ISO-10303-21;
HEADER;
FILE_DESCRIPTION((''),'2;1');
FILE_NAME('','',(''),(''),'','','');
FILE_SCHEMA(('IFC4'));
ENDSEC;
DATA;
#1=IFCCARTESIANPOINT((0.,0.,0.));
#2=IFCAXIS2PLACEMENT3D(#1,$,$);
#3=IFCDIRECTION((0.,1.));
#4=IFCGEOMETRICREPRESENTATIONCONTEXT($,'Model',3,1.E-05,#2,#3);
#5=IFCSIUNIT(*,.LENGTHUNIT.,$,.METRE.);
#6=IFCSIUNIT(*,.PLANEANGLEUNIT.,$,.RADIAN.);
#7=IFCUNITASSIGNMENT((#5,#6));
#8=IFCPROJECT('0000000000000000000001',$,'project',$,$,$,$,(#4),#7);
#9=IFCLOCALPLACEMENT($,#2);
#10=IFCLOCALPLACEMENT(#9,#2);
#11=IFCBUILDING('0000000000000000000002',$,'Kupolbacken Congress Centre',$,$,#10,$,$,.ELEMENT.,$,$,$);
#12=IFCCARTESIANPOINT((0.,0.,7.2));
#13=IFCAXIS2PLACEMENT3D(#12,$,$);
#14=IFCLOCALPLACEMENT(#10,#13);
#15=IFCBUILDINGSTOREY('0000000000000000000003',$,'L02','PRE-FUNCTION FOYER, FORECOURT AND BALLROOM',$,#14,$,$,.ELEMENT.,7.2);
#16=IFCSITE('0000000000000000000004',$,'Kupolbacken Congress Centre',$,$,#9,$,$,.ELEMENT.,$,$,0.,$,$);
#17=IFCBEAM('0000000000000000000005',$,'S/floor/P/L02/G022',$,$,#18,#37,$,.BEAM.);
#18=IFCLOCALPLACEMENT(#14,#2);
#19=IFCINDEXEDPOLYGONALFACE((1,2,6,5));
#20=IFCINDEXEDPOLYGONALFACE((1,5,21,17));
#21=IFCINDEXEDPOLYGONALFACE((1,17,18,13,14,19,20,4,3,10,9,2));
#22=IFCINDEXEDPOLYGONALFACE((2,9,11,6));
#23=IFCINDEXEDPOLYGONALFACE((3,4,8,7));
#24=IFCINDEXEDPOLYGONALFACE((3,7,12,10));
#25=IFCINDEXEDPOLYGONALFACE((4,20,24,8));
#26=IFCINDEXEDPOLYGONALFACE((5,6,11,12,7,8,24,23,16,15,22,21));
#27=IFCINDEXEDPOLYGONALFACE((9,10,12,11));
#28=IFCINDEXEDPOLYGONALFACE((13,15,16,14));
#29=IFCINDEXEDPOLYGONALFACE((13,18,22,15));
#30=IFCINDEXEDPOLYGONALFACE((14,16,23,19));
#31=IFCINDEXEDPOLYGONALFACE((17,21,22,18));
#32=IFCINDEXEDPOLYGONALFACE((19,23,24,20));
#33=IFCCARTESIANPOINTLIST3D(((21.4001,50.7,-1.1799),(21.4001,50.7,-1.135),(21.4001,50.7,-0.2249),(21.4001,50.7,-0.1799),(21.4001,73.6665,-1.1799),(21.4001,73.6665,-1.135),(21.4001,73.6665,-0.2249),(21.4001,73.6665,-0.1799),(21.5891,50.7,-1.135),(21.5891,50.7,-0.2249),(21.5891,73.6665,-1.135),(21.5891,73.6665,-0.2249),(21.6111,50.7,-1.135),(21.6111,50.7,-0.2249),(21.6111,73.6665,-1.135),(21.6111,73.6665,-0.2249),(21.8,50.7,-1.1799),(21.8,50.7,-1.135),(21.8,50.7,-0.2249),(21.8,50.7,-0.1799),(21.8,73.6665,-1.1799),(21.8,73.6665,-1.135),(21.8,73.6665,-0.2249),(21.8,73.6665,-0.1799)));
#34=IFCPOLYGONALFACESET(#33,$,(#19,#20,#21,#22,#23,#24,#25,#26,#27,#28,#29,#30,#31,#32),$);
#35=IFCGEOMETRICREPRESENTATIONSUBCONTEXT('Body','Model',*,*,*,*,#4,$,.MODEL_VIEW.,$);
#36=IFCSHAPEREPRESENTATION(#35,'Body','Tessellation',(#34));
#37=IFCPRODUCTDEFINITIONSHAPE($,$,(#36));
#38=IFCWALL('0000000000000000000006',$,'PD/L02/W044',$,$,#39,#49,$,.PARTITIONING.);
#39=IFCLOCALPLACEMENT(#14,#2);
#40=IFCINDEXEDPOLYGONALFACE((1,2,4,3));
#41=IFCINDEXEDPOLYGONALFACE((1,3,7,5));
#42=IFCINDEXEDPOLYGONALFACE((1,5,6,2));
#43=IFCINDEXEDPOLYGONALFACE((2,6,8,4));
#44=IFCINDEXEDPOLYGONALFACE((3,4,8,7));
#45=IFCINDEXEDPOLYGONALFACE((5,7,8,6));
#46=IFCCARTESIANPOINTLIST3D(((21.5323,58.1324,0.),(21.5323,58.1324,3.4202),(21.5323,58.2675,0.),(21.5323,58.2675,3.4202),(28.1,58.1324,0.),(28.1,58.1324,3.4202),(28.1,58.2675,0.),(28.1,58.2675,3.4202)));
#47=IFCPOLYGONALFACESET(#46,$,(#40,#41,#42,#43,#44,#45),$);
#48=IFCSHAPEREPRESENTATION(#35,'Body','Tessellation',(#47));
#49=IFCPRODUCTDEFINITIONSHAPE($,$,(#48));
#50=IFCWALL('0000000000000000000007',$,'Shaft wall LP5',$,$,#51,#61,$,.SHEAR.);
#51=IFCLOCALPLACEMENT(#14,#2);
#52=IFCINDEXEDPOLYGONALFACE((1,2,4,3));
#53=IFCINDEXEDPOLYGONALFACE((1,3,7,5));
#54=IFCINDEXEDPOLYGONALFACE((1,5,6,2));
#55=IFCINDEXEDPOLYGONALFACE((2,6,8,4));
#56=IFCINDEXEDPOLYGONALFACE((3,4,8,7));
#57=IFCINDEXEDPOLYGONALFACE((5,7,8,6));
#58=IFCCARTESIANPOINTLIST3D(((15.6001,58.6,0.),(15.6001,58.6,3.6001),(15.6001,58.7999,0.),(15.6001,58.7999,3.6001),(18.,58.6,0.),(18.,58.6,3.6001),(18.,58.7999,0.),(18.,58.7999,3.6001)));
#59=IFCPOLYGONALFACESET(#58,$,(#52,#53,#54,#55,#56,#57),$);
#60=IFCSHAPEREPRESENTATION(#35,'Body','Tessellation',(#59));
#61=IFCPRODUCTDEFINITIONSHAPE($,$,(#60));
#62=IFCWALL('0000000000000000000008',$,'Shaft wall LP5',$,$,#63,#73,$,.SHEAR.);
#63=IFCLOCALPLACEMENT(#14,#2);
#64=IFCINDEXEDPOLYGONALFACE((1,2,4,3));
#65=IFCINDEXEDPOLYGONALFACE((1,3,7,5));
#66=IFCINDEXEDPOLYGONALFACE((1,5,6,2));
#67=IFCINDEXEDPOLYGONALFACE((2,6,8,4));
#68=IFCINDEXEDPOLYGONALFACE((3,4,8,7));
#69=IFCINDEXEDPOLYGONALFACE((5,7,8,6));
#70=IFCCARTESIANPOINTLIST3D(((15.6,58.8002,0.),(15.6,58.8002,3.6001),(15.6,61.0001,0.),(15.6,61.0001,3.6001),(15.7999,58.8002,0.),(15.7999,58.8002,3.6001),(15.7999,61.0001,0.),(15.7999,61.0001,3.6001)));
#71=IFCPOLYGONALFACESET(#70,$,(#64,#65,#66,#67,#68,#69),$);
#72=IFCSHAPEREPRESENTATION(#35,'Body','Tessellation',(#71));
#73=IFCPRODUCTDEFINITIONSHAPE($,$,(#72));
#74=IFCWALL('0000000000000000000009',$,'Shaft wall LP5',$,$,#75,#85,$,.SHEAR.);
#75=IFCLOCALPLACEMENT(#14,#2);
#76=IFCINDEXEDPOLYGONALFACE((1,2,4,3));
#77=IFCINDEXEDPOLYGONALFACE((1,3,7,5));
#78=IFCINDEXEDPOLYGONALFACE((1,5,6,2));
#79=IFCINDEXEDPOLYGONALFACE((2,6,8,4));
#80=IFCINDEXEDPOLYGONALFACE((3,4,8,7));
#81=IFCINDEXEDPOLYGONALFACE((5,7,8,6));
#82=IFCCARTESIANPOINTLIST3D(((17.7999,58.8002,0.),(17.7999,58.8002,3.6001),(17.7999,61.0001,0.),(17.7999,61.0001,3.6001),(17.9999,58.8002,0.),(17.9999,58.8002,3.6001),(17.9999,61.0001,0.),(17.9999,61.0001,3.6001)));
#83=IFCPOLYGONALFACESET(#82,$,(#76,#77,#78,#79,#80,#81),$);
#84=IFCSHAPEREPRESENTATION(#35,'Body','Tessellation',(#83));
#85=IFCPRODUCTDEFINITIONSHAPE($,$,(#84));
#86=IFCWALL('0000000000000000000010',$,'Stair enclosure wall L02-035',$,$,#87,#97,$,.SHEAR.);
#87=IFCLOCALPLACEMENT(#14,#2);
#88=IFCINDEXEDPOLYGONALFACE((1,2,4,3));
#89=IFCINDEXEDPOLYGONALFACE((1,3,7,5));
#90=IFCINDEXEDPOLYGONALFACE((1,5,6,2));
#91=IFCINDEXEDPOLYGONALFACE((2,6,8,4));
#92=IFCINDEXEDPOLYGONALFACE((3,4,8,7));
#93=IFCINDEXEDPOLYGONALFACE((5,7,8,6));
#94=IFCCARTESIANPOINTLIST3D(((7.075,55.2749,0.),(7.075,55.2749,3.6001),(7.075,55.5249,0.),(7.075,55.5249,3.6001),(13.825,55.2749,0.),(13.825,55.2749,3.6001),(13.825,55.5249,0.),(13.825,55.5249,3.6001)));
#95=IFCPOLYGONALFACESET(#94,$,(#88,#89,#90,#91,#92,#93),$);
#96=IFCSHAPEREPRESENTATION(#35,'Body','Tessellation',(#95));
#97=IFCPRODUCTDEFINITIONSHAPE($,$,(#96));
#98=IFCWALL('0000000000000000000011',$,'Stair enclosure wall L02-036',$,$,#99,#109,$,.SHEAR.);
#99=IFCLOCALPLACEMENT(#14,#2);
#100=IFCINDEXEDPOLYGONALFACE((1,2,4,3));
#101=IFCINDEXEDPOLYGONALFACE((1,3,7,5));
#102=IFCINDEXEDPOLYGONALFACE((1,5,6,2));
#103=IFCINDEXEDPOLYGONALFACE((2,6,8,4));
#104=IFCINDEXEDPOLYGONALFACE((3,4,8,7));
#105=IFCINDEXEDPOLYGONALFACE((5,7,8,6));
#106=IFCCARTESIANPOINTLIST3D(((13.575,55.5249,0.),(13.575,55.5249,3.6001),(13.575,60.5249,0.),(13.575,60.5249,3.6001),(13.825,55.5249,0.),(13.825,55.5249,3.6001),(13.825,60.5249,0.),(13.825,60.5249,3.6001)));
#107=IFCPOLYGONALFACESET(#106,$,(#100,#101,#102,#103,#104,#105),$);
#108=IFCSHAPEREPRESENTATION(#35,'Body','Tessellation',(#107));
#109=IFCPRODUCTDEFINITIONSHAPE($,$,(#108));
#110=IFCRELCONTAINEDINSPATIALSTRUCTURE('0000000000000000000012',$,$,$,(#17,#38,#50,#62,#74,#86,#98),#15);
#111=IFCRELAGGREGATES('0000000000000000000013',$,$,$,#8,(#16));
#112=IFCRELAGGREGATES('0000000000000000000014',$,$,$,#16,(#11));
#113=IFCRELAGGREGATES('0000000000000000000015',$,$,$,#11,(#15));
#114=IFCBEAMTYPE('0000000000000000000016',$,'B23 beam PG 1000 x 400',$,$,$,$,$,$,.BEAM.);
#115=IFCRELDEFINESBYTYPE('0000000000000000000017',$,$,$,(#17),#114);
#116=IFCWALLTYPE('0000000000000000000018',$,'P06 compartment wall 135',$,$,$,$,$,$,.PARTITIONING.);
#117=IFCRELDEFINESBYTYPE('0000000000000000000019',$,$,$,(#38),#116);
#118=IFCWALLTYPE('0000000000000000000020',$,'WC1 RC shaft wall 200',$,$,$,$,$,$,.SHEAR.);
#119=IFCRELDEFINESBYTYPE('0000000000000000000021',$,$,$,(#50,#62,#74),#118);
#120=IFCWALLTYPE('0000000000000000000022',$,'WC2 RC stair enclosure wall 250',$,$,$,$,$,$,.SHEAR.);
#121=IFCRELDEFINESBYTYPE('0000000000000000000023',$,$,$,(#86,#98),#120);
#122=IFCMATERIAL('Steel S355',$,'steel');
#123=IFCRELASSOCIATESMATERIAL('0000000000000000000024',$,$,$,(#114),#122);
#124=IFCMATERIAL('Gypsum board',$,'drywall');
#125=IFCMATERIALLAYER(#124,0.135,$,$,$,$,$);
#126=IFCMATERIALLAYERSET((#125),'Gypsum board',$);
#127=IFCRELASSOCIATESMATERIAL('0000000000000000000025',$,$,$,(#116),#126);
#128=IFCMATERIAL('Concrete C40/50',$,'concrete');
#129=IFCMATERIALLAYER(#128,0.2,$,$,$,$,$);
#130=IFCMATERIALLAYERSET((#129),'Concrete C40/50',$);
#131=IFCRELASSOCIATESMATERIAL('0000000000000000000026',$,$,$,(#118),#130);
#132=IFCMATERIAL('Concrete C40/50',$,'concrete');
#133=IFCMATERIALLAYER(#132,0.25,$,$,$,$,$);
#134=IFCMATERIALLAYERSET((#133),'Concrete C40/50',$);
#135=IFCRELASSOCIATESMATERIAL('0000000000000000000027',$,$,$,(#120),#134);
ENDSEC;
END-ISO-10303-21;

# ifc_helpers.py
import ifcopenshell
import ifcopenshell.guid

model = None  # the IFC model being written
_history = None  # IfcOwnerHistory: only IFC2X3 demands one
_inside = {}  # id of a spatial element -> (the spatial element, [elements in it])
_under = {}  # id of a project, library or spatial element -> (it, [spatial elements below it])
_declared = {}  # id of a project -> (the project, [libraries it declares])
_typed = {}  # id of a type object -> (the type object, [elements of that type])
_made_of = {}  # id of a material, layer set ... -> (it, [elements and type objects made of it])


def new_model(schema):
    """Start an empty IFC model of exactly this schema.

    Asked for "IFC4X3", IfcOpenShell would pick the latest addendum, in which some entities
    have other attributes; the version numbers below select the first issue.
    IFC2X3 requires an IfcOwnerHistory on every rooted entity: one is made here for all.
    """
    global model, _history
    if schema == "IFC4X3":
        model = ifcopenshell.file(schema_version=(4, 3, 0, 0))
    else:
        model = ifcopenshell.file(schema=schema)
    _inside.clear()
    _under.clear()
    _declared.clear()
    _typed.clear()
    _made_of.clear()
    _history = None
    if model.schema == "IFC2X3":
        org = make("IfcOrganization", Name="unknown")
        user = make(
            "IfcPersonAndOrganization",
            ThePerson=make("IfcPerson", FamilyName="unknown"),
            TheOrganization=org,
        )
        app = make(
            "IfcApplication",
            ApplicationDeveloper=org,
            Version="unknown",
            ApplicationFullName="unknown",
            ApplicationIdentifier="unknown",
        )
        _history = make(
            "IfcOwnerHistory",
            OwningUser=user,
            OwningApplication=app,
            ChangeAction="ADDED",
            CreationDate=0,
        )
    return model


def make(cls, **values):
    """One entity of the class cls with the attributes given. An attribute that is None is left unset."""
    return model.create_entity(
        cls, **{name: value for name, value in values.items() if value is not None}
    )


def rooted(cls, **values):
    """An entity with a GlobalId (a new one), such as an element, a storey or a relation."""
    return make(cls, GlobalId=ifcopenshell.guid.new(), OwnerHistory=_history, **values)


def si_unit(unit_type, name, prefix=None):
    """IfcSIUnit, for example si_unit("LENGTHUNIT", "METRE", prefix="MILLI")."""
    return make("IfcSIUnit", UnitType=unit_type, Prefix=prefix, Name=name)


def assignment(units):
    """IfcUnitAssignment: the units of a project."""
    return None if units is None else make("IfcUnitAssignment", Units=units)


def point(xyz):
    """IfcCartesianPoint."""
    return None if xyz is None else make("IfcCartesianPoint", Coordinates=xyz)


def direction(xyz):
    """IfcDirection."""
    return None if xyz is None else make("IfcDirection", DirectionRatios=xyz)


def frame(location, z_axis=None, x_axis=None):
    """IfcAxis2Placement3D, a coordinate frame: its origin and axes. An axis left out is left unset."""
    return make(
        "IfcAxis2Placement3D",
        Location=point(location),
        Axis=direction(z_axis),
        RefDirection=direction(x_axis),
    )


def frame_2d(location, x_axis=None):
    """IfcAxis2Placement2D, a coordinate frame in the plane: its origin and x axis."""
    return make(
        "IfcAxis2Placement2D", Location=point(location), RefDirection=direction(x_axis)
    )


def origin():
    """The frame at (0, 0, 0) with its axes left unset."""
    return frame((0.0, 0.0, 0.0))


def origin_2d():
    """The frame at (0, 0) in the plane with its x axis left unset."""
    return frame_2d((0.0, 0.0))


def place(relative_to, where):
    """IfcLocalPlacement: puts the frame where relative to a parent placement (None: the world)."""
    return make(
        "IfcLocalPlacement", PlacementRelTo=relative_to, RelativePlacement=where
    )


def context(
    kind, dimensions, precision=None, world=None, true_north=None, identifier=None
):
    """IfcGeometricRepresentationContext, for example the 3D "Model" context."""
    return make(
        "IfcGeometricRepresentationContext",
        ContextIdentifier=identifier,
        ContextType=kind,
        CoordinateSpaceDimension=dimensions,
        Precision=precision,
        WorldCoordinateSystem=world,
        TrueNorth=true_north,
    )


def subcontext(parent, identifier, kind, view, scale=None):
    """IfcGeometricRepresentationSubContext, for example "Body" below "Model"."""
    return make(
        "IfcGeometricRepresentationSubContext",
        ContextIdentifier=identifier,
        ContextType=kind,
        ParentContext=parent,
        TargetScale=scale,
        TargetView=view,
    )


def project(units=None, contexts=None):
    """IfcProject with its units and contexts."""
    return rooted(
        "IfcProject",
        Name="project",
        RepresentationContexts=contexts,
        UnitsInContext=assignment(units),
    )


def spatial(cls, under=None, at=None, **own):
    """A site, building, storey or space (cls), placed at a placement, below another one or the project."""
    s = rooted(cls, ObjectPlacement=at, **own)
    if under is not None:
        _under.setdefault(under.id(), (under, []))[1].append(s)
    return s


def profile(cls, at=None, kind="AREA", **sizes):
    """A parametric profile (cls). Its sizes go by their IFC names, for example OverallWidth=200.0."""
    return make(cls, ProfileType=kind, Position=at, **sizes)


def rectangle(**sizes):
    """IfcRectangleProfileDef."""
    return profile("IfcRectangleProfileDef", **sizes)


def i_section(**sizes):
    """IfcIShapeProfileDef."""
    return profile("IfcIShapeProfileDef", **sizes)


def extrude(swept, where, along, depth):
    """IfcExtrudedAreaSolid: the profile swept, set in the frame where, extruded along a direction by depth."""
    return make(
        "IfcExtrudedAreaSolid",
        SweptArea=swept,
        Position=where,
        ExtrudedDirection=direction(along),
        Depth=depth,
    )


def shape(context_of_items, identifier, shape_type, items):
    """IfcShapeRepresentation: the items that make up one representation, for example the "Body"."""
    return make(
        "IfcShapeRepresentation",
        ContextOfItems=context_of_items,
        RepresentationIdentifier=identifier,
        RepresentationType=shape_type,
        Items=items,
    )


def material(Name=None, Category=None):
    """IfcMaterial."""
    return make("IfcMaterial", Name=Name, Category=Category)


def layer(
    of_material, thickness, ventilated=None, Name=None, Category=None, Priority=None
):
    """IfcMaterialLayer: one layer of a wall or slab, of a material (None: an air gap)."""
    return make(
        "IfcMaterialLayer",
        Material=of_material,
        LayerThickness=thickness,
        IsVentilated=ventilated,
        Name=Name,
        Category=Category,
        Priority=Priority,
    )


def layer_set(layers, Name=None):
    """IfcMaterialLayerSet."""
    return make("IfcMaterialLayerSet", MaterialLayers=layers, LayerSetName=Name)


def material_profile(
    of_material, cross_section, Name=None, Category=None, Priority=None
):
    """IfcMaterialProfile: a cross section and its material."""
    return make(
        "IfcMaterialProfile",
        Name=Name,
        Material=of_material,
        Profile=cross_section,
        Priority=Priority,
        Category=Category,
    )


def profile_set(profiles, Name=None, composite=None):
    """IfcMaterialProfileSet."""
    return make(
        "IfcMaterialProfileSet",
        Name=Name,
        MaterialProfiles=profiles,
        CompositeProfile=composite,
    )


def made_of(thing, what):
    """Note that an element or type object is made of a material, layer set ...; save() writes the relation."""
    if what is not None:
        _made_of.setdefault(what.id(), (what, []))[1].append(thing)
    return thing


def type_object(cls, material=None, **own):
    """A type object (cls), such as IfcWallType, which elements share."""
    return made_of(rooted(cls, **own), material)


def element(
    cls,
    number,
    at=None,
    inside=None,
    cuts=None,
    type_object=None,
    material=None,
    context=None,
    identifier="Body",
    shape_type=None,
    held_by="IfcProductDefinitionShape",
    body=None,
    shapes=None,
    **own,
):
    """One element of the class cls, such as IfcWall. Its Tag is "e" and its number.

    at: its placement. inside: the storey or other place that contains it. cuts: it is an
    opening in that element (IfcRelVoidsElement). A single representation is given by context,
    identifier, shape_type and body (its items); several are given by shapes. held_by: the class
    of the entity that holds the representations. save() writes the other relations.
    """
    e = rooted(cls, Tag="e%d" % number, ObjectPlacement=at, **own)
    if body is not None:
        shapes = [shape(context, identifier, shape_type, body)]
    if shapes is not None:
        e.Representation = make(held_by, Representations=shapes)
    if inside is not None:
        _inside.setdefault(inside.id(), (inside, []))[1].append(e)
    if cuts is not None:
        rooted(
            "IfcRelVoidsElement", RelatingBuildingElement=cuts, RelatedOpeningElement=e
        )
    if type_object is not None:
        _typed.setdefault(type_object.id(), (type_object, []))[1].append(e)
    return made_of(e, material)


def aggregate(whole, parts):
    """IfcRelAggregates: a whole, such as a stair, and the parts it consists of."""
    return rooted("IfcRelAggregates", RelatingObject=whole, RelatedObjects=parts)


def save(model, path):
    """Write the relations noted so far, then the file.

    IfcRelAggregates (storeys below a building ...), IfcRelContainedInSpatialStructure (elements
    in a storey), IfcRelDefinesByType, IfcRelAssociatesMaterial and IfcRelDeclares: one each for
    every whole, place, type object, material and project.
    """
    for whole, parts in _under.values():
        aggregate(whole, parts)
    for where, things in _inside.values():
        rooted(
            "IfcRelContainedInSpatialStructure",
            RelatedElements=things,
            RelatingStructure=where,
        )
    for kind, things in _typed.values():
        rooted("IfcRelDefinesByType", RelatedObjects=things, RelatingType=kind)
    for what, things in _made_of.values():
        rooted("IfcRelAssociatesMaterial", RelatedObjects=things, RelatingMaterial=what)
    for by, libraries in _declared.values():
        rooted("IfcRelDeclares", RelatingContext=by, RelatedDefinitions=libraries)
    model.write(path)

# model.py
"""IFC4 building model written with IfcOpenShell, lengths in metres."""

from ifc_helpers import new_model, si_unit, direction, frame, frame_2d, origin, origin_2d, place, context, subcontext, project, spatial, rectangle, i_section, extrude, material, layer, layer_set, material_profile, profile_set, type_object, element, save


model = new_model("IFC4")

# Units and contexts
model_context = context("Model", 3, precision=1e-05, world=origin(), true_north=direction((0.0, 1.0)))
body_context = subcontext(model_context, "Body", "Model", "MODEL_VIEW")
ifc_project = project(units=[si_unit("LENGTHUNIT", "METRE"), si_unit("PLANEANGLEUNIT", "RADIAN")], contexts=[model_context])

# Site, building, storey
site_placement = place(None, origin())
site = spatial("IfcSite", under=ifc_project, at=site_placement, Name="Kupolbacken Congress Centre", CompositionType="ELEMENT", RefElevation=0.0)
building_placement = place(site_placement, origin())
building = spatial("IfcBuilding", under=site, at=building_placement, Name="Kupolbacken Congress Centre", CompositionType="ELEMENT")
storey_placement = place(building_placement, frame((0.0, 0.0, 7.2)))
storey = spatial("IfcBuildingStorey", under=building, at=storey_placement, Name="L02", Description="PRE-FUNCTION FOYER, FORECOURT AND BALLROOM", CompositionType="ELEMENT", Elevation=7.2)

# Beam
ifc_material_1 = material(Name="Steel S355", Category="steel")
ifc_material_profile_1 = material_profile(ifc_material_1, i_section(OverallWidth=0.3999, OverallDepth=1.0, WebThickness=0.022, FlangeThickness=0.0449, at=origin_2d()), Name="PG 1000 x 400")
ifc_profile_set_1 = profile_set([ifc_material_profile_1], Name="Steel S355")
beam_type_1 = type_object("IfcBeamType", Name="B23 beam PG 1000 x 400", PredefinedType="BEAM", material=ifc_profile_set_1)
beam_1_placement = place(storey_placement, frame((21.6001, 50.7, -0.6799), z_axis=(0.0, 1.0, 0.0), x_axis=(-1.0, 0.0, 0.0)))
element("IfcBeam", 1, at=beam_1_placement, inside=storey, type_object=beam_type_1, Name="S/floor/P/L02/G022", PredefinedType="BEAM", context=body_context, shape_type="SweptSolid", body=[
    extrude(i_section(OverallWidth=0.3999, OverallDepth=1.0, WebThickness=0.022, FlangeThickness=0.0449, at=origin_2d()), origin(), (0.0, 0.0, 1.0), 22.9666),
])

# Walls
ifc_material_2 = material(Name="Gypsum board", Category="drywall")
ifc_layer_1 = layer(ifc_material_2, 0.135)
ifc_layer_set_1 = layer_set([ifc_layer_1], Name="Gypsum board")
wall_type_1 = type_object("IfcWallType", Name="P06 compartment wall 135", PredefinedType="PARTITIONING", material=ifc_layer_set_1)
wall_1_placement = place(storey_placement, frame((21.5325, 58.2, 0.0), z_axis=(0.0, 0.0, 1.0), x_axis=(1.0, 0.0, 0.0)))
element("IfcWall", 2, at=wall_1_placement, inside=storey, type_object=wall_type_1, Name="PD/L02/W044", PredefinedType="PARTITIONING", context=body_context, shape_type="SweptSolid", body=[
    extrude(rectangle(XDim=6.5676, YDim=0.135, at=frame_2d((3.2837, 0.0))), origin(), (0.0, 0.0, 1.0), 3.4202),
])
ifc_material_3 = material(Name="Concrete C40/50", Category="concrete")
ifc_layer_2 = layer(ifc_material_3, 0.2)
ifc_layer_set_2 = layer_set([ifc_layer_2], Name="Concrete C40/50")
wall_type_2 = type_object("IfcWallType", Name="WC1 RC shaft wall 200", PredefinedType="SHEAR", material=ifc_layer_set_2)
wall_2_placement = place(storey_placement, frame((15.6001, 58.7, 0.0), z_axis=(0.0, 0.0, 1.0), x_axis=(1.0, 0.0, 0.0)))
element("IfcWall", 3, at=wall_2_placement, inside=storey, type_object=wall_type_2, Name="Shaft wall LP5", PredefinedType="SHEAR", context=body_context, shape_type="SweptSolid", body=[
    extrude(rectangle(XDim=2.3999, YDim=0.2, at=frame_2d((1.2, 0.0))), origin(), (0.0, 0.0, 1.0), 3.6001),
])
for number, where, z_axis, x_axis, name in (
    (4, (15.7, 58.8, 0.0), (0.0, 0.0, 1.0), (0.0, 1.0, 0.0), "Shaft wall LP5"),
    (5, (17.8999, 58.8, 0.0), (0.0, 0.0, 1.0), (0.0, 1.0, 0.0), "Shaft wall LP5"),
):
    element("IfcWall", number, at=place(storey_placement, frame(where, z_axis=z_axis, x_axis=x_axis)), inside=storey, type_object=wall_type_2, Name=name, PredefinedType="SHEAR", context=body_context, shape_type="SweptSolid", body=[
        extrude(rectangle(XDim=2.2, YDim=0.2, at=frame_2d((1.1001, 0.0))), origin(), (0.0, 0.0, 1.0), 3.6001),
    ])
ifc_material_4 = material(Name="Concrete C40/50", Category="concrete")
ifc_layer_3 = layer(ifc_material_4, 0.25)
ifc_layer_set_3 = layer_set([ifc_layer_3], Name="Concrete C40/50")
wall_type_3 = type_object("IfcWallType", Name="WC2 RC stair enclosure wall 250", PredefinedType="SHEAR", material=ifc_layer_set_3)
wall_3_placement = place(storey_placement, frame((13.825, 55.3999, 0.0), z_axis=(0.0, 0.0, 1.0), x_axis=(-1.0, 0.0, 0.0)))
element("IfcWall", 6, at=wall_3_placement, inside=storey, type_object=wall_type_3, Name="Stair enclosure wall L02-035", PredefinedType="SHEAR", context=body_context, shape_type="SweptSolid", body=[
    extrude(rectangle(XDim=6.75, YDim=0.25, at=frame_2d((3.375, 0.0))), origin(), (0.0, 0.0, 1.0), 3.6001),
])
wall_4_placement = place(storey_placement, frame((13.7, 55.5249, 0.0), z_axis=(0.0, 0.0, 1.0), x_axis=(0.0, 1.0, 0.0)))
element("IfcWall", 7, at=wall_4_placement, inside=storey, type_object=wall_type_3, Name="Stair enclosure wall L02-036", PredefinedType="SHEAR", context=body_context, shape_type="SweptSolid", body=[
    extrude(rectangle(XDim=5.0, YDim=0.25, at=frame_2d((2.5, 0.0))), origin(), (0.0, 0.0, 1.0), 3.6001),
])

save(model, "model.ifc")
